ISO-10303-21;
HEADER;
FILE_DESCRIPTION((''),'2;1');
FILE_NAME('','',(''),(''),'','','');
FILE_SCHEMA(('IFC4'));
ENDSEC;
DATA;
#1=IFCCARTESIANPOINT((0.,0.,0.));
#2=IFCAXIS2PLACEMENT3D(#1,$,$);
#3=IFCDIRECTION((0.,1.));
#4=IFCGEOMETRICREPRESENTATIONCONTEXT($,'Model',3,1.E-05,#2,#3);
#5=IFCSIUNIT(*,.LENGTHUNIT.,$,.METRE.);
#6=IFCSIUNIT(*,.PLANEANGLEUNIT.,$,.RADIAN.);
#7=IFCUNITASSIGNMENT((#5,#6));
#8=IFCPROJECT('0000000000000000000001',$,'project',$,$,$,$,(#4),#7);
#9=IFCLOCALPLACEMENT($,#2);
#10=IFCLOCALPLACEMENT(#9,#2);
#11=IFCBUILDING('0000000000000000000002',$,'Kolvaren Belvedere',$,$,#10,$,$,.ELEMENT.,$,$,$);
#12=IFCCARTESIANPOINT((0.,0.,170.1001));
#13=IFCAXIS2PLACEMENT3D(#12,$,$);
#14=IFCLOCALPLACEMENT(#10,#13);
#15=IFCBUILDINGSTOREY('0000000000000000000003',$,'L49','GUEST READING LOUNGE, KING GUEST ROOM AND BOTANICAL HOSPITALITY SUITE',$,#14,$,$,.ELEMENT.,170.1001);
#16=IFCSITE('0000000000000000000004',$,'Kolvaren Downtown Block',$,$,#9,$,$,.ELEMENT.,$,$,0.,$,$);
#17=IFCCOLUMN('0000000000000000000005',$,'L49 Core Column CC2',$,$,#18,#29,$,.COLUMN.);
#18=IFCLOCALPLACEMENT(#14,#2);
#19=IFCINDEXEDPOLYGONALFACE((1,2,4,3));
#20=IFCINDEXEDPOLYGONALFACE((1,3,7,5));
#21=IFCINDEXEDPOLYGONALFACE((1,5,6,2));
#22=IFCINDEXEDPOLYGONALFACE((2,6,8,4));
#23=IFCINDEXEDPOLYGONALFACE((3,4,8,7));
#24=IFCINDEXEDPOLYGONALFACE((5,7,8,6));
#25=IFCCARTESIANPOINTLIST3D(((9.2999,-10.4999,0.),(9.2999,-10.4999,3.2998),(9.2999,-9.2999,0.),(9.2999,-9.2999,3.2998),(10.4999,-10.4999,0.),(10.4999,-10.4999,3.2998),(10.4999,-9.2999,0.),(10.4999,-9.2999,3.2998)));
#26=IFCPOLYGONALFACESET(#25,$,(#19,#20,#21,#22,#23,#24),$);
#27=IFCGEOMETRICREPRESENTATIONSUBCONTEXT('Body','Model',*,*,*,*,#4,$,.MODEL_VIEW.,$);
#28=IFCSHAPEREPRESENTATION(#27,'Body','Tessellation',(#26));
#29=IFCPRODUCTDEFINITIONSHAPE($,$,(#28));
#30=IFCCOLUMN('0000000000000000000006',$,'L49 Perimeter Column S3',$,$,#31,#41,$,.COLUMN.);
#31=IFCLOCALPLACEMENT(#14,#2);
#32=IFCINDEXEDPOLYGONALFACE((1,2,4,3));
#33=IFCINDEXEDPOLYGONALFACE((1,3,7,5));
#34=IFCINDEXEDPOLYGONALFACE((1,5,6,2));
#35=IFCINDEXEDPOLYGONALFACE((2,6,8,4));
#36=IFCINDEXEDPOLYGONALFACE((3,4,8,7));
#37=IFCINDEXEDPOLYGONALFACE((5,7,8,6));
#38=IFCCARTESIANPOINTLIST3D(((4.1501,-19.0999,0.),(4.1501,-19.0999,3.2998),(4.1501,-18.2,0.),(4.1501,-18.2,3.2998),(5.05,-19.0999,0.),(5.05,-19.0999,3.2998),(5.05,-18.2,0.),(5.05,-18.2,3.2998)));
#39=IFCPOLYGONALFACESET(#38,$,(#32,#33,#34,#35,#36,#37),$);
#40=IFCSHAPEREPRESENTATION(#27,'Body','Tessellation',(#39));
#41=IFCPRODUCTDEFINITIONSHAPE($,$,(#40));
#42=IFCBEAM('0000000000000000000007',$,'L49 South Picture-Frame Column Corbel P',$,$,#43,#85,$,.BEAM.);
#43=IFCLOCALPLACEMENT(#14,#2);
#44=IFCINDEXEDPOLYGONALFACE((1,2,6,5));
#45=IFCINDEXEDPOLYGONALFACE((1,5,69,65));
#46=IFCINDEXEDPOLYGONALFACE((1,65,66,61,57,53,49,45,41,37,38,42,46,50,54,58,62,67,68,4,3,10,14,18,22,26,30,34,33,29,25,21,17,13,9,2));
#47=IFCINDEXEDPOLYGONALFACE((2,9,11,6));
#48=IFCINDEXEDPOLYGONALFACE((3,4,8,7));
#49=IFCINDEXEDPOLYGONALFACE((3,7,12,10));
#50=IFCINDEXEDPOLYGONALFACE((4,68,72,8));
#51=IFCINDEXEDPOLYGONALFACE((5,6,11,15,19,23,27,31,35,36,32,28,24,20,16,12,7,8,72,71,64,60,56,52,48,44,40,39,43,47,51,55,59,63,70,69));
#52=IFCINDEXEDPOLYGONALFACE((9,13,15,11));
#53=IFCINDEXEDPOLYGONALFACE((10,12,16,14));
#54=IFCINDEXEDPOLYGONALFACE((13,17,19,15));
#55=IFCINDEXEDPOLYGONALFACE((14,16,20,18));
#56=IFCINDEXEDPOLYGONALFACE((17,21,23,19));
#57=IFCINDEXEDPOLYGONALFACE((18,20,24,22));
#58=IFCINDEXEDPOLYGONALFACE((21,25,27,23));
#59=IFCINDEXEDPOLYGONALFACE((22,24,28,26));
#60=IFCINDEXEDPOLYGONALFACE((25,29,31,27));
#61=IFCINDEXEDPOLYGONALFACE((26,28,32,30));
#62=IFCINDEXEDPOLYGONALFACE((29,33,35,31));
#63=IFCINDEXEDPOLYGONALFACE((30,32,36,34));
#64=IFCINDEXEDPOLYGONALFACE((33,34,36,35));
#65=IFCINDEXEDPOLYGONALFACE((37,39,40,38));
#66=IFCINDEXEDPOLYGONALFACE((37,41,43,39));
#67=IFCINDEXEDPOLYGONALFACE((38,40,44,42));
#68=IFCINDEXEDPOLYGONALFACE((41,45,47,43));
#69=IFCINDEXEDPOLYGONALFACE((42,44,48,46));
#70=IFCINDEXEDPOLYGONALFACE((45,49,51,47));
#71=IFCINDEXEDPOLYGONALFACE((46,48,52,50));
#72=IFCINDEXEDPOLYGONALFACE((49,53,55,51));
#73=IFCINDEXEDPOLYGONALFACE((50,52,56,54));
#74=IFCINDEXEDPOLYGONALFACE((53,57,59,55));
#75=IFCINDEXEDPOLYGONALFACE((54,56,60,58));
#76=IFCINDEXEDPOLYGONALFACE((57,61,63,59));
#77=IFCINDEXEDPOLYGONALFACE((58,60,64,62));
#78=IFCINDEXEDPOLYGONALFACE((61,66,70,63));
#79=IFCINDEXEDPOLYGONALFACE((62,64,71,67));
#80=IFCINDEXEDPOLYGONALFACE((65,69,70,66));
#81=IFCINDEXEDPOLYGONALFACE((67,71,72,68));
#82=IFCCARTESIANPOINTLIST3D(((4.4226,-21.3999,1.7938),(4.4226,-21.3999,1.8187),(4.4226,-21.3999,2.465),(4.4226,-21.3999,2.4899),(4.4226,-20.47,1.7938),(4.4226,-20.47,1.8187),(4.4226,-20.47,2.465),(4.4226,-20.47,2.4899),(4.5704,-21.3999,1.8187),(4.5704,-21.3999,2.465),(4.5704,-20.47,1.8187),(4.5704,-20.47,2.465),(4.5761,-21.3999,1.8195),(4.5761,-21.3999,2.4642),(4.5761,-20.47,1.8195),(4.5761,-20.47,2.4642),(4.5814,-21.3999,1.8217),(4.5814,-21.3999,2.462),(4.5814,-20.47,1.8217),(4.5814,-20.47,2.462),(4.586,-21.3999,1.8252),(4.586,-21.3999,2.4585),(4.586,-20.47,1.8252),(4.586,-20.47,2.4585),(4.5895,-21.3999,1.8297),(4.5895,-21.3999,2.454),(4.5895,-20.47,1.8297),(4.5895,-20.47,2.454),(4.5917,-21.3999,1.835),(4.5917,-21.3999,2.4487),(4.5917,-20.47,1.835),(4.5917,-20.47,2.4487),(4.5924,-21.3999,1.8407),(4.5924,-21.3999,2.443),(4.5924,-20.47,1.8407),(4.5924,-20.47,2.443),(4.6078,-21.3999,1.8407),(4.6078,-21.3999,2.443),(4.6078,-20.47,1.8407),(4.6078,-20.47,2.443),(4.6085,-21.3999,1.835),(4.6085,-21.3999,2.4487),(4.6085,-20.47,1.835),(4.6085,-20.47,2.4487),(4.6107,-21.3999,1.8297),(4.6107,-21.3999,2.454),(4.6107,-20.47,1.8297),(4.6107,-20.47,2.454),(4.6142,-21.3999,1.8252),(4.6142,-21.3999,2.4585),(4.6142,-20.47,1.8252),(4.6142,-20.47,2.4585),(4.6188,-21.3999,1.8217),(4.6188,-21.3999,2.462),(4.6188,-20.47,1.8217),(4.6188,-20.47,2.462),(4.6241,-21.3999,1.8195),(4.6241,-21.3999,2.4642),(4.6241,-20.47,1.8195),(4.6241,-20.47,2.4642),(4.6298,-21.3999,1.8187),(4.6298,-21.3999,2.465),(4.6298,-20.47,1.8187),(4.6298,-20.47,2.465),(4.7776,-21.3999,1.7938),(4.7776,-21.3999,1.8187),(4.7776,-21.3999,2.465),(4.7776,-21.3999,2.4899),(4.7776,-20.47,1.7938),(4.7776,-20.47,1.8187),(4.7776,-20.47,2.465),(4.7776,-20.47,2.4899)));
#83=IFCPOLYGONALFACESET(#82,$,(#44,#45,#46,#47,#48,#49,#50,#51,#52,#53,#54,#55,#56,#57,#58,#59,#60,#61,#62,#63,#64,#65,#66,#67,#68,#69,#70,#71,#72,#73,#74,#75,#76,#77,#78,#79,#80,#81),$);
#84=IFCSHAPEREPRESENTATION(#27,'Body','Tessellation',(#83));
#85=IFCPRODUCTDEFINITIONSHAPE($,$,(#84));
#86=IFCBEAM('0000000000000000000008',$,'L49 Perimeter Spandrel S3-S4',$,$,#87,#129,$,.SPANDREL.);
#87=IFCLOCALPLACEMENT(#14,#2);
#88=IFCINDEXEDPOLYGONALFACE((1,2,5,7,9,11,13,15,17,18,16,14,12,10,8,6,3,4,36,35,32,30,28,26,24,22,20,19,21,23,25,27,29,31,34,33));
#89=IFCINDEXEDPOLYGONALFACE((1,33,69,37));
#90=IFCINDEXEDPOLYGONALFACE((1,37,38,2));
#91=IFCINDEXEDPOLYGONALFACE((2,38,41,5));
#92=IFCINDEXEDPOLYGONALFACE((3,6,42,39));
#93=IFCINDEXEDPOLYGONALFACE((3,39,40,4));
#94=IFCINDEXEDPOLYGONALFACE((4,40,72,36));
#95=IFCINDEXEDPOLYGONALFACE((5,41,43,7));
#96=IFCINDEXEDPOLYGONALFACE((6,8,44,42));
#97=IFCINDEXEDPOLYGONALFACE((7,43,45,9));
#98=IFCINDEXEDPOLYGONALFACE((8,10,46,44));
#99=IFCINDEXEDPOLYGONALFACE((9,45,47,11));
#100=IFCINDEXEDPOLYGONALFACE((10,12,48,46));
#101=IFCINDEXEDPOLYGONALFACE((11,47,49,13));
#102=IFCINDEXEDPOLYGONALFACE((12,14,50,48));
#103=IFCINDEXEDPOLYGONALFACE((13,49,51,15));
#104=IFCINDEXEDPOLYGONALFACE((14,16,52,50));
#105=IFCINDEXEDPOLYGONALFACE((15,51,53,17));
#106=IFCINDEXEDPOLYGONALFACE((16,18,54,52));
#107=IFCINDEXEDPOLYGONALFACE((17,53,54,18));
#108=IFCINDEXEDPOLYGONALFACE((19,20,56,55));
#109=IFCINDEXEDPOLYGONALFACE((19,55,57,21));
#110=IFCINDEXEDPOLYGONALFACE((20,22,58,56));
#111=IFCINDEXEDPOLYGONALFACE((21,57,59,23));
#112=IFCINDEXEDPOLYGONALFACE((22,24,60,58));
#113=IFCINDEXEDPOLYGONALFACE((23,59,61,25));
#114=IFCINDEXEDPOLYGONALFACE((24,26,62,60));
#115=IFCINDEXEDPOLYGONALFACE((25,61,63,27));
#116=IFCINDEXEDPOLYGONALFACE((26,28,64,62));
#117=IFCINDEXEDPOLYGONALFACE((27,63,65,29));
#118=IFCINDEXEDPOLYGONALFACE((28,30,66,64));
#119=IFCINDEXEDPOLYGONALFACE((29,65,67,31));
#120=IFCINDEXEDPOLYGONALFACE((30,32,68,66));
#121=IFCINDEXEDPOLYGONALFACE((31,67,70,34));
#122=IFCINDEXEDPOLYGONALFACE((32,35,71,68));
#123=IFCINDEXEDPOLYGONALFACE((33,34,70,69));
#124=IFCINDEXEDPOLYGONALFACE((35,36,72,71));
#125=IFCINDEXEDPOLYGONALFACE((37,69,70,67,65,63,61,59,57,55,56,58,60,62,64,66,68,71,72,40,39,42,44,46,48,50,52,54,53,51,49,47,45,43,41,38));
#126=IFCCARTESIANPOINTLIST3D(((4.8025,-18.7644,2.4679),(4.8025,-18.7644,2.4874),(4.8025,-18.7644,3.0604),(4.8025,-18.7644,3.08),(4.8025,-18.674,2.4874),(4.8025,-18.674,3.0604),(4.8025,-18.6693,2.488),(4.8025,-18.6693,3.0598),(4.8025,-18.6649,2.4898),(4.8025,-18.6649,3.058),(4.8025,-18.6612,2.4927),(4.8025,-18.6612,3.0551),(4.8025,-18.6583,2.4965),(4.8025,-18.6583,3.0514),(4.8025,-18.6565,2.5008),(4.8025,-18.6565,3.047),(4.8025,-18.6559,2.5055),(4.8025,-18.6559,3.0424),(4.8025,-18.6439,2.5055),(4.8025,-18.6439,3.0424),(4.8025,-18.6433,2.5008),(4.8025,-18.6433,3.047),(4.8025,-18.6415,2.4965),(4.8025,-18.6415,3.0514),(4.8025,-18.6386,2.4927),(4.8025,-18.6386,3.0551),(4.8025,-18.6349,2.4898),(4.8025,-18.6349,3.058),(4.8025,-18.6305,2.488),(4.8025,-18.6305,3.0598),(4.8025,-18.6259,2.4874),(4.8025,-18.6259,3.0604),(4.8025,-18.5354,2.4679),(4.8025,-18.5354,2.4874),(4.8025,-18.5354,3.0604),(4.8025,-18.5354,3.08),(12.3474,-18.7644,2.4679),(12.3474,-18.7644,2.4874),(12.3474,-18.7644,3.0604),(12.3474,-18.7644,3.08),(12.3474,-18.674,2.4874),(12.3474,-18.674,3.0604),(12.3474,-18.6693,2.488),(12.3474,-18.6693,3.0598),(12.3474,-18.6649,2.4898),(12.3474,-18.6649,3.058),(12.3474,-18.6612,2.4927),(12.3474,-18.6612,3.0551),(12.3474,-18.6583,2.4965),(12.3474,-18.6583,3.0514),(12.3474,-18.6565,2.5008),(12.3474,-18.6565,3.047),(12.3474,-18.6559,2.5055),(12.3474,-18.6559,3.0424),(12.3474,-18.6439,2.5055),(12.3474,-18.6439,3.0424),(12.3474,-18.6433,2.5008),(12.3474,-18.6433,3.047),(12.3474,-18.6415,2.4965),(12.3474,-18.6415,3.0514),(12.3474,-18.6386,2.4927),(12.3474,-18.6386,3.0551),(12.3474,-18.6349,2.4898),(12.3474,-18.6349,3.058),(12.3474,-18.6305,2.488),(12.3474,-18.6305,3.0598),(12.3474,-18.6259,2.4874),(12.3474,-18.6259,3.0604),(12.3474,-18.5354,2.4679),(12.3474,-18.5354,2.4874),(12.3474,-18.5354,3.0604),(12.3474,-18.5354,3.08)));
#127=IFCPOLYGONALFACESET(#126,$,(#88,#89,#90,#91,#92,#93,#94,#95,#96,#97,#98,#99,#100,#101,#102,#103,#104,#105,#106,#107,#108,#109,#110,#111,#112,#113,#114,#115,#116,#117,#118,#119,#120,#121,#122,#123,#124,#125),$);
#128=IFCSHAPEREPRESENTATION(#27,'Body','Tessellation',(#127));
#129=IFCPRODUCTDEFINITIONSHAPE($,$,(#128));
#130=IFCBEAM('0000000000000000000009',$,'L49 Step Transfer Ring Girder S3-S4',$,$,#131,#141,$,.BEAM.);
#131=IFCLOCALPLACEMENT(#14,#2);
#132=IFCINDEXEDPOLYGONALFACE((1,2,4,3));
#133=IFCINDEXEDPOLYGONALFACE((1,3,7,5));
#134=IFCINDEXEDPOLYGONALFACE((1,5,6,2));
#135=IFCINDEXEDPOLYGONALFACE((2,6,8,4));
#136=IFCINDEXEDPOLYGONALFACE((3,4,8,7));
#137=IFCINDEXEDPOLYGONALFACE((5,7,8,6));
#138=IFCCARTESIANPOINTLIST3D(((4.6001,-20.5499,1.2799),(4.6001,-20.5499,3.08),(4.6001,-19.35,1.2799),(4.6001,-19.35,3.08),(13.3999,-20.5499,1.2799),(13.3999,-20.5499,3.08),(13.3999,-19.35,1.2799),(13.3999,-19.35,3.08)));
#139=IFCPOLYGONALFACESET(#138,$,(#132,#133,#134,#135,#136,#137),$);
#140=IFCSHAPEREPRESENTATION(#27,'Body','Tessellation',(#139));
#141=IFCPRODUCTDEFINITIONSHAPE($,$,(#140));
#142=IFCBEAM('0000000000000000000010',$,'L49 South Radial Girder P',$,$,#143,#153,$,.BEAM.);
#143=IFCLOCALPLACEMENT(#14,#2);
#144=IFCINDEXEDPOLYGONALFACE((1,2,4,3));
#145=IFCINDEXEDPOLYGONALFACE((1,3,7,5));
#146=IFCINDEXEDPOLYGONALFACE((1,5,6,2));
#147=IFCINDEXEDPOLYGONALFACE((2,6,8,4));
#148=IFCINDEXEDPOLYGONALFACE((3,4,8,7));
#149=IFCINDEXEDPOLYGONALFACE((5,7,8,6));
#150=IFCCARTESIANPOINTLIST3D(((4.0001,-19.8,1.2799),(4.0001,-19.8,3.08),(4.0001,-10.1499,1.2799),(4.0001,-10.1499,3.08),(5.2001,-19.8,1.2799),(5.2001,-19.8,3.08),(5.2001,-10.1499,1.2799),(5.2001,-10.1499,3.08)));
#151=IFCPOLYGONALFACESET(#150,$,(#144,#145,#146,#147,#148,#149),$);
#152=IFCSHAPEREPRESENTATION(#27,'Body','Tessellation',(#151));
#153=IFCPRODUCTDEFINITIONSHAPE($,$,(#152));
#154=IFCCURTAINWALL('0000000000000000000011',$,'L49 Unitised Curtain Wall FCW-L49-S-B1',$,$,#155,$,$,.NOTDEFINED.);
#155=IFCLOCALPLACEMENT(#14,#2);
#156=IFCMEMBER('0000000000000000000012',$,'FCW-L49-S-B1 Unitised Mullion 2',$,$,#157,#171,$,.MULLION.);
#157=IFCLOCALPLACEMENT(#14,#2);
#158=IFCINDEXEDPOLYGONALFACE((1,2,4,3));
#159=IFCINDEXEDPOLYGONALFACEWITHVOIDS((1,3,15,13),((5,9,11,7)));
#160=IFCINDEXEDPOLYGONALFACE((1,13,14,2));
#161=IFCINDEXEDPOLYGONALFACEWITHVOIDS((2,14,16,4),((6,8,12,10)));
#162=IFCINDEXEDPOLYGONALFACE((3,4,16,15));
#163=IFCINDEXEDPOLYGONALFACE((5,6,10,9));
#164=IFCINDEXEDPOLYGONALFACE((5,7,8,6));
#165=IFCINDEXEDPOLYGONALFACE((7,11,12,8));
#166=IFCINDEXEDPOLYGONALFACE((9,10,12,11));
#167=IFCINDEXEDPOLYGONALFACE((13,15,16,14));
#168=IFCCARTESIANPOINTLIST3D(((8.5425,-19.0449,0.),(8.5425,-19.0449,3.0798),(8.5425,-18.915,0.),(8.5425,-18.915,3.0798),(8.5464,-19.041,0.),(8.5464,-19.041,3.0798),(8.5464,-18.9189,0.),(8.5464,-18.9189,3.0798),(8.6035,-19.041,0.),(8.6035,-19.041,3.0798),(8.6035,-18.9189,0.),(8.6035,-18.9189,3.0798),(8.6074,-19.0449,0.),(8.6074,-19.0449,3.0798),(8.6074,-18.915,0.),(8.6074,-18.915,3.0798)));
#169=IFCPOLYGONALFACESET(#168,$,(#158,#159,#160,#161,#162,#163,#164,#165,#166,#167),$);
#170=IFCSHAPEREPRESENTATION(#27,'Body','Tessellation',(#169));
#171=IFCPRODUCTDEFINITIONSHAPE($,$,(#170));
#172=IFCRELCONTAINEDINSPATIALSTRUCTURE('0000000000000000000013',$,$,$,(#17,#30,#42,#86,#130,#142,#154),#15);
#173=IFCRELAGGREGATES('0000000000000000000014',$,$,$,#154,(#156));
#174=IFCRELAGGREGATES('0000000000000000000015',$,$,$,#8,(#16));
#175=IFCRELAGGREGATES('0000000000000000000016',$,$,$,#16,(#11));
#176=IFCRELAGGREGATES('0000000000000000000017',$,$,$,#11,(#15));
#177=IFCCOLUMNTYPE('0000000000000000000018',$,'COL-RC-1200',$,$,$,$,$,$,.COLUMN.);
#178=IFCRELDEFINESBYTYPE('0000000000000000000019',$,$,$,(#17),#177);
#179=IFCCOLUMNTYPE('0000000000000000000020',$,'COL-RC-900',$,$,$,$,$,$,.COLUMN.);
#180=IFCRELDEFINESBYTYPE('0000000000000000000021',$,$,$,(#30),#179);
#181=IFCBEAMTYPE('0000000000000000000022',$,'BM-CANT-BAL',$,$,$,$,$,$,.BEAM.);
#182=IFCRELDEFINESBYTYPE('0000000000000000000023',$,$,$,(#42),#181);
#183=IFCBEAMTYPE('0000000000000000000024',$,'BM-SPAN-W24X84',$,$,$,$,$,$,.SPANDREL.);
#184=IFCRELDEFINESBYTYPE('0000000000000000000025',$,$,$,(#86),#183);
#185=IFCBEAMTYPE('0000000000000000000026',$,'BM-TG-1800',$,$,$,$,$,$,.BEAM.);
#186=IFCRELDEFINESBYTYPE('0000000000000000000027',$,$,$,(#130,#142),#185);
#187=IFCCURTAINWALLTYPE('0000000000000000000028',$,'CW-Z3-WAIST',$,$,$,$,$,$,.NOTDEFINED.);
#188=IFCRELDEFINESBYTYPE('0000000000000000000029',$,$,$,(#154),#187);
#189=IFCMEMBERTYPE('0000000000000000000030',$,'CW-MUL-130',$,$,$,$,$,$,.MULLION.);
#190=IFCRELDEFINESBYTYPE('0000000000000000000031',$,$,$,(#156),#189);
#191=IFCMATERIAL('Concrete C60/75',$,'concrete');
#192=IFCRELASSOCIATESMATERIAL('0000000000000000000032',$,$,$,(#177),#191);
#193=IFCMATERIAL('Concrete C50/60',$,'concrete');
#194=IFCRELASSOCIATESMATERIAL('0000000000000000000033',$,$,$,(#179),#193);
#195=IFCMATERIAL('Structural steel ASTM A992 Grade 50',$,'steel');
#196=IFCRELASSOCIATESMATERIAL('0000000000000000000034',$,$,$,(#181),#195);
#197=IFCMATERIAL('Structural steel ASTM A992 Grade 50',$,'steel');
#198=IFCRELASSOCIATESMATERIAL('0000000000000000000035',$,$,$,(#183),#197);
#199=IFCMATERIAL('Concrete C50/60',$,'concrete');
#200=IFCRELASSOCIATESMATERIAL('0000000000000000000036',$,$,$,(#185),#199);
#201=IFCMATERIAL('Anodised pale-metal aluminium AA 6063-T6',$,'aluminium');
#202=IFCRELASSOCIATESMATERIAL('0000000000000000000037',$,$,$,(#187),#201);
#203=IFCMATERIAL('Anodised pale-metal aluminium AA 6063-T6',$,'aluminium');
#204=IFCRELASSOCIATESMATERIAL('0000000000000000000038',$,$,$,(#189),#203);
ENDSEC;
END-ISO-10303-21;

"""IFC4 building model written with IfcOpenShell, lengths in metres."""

from ifc_helpers import new_model, si_unit, direction, frame, origin, origin_2d, place, context, subcontext, project, spatial, rectangle, hollow_rectangle, i_section, extrude, material, material_profile, profile_set, type_object, element, aggregate, save


model = new_model("IFC4")

# Units and contexts
model_context = context("Model", 3, precision=1e-05, world=origin(), true_north=direction((0.0, 1.0)))
body_context = subcontext(model_context, "Body", "Model", "MODEL_VIEW")
ifc_project = project(units=[si_unit("LENGTHUNIT", "METRE"), si_unit("PLANEANGLEUNIT", "RADIAN")], contexts=[model_context])

# Site, building, storey
site_placement = place(None, origin())
site = spatial("IfcSite", under=ifc_project, at=site_placement, Name="Kolvaren Downtown Block", CompositionType="ELEMENT", RefElevation=0.0)
building_placement = place(site_placement, origin())
building = spatial("IfcBuilding", under=site, at=building_placement, Name="Kolvaren Belvedere", CompositionType="ELEMENT")
storey_placement = place(building_placement, frame((0.0, 0.0, 170.1001)))
storey = spatial("IfcBuildingStorey", under=building, at=storey_placement, Name="L49", Description="GUEST READING LOUNGE, KING GUEST ROOM AND BOTANICAL HOSPITALITY SUITE", CompositionType="ELEMENT", Elevation=170.1001)

# Columns
ifc_material_1 = material(Name="Concrete C60/75", Category="concrete")
ifc_material_profile_1 = material_profile(ifc_material_1, rectangle(XDim=1.2, YDim=1.2, at=origin_2d()), Name="RC 1200X1200")
ifc_profile_set_1 = profile_set([ifc_material_profile_1], Name="Concrete C60/75")
column_type_1 = type_object("IfcColumnType", Name="COL-RC-1200", PredefinedType="COLUMN", material=ifc_profile_set_1)
column_1_placement = place(storey_placement, frame((9.8999, -9.8999, 0.0), z_axis=(0.0, 0.0, 1.0), x_axis=(1.0, 0.0, 0.0)))
element("IfcColumn", 1, at=column_1_placement, inside=storey, type_object=column_type_1, Name="L49 Core Column CC2", PredefinedType="COLUMN", context=body_context, shape_type="SweptSolid", body=[
    extrude(rectangle(XDim=1.2, YDim=1.2, at=origin_2d()), origin(), (0.0, 0.0, 1.0), 3.2998),
])
ifc_material_2 = material(Name="Concrete C50/60", Category="concrete")
ifc_material_profile_2 = material_profile(ifc_material_2, rectangle(XDim=0.8999, YDim=0.8999, at=origin_2d()), Name="RC 900X900")
ifc_profile_set_2 = profile_set([ifc_material_profile_2], Name="Concrete C50/60")
column_type_2 = type_object("IfcColumnType", Name="COL-RC-900", PredefinedType="COLUMN", material=ifc_profile_set_2)
column_2_placement = place(storey_placement, frame((4.6001, -18.6499, 0.0), z_axis=(0.0, 0.0, 1.0), x_axis=(1.0, 0.0, 0.0)))
element("IfcColumn", 2, at=column_2_placement, inside=storey, type_object=column_type_2, Name="L49 Perimeter Column S3", PredefinedType="COLUMN", context=body_context, shape_type="SweptSolid", body=[
    extrude(rectangle(XDim=0.8999, YDim=0.8999, at=origin_2d()), origin(), (0.0, 0.0, 1.0), 3.2998),
])

# Beams
ifc_material_3 = material(Name="Structural steel ASTM A992 Grade 50", Category="steel")
ifc_material_profile_3 = material_profile(ifc_material_3, i_section(OverallWidth=0.355, OverallDepth=0.696, WebThickness=0.0154, FlangeThickness=0.0249, FilletRadius=0.022, at=origin_2d()), Name="W27X146")
ifc_profile_set_3 = profile_set([ifc_material_profile_3], Name="Structural steel ASTM A992 Grade 50")
beam_type_1 = type_object("IfcBeamType", Name="BM-CANT-BAL", PredefinedType="BEAM", material=ifc_profile_set_3)
beam_1_placement = place(storey_placement, frame((4.6001, -20.47, 2.1418), z_axis=(0.0, -1.0, 0.0), x_axis=(1.0, 0.0, 0.0)))
element("IfcBeam", 3, at=beam_1_placement, inside=storey, type_object=beam_type_1, Name="L49 South Picture-Frame Column Corbel P", PredefinedType="BEAM", context=body_context, shape_type="SweptSolid", body=[
    extrude(i_section(OverallWidth=0.355, OverallDepth=0.696, WebThickness=0.0154, FlangeThickness=0.0249, FilletRadius=0.022, at=origin_2d()), origin(), (0.0, 0.0, 1.0), 0.9299),
])
ifc_material_4 = material(Name="Structural steel ASTM A992 Grade 50", Category="steel")
ifc_material_profile_4 = material_profile(ifc_material_4, i_section(OverallWidth=0.229, OverallDepth=0.6121, WebThickness=0.012, FlangeThickness=0.0195, FilletRadius=0.0181, at=origin_2d()), Name="W24X84")
ifc_profile_set_4 = profile_set([ifc_material_profile_4], Name="Structural steel ASTM A992 Grade 50")
beam_type_2 = type_object("IfcBeamType", Name="BM-SPAN-W24X84", PredefinedType="SPANDREL", material=ifc_profile_set_4)
beam_2_placement = place(storey_placement, frame((4.8025, -18.6499, 2.7739), z_axis=(1.0, 0.0, 0.0), x_axis=(0.0, 1.0, 0.0)))
element("IfcBeam", 4, at=beam_2_placement, inside=storey, type_object=beam_type_2, Name="L49 Perimeter Spandrel S3-S4", PredefinedType="SPANDREL", context=body_context, shape_type="SweptSolid", body=[
    extrude(i_section(OverallWidth=0.229, OverallDepth=0.6121, WebThickness=0.012, FlangeThickness=0.0195, FilletRadius=0.0181, at=origin_2d()), origin(), (0.0, 0.0, 1.0), 7.5449),
])
ifc_material_5 = material(Name="Concrete C50/60", Category="concrete")
ifc_material_profile_5 = material_profile(ifc_material_5, rectangle(XDim=1.2, YDim=1.8, at=origin_2d()), Name="RC 1200X1800")
ifc_profile_set_5 = profile_set([ifc_material_profile_5], Name="Concrete C50/60")
beam_type_3 = type_object("IfcBeamType", Name="BM-TG-1800", PredefinedType="BEAM", material=ifc_profile_set_5)
beam_3_placement = place(storey_placement, frame((4.6001, -19.95, 2.1799), z_axis=(1.0, 0.0, 0.0), x_axis=(0.0, 1.0, 0.0)))
element("IfcBeam", 5, at=beam_3_placement, inside=storey, type_object=beam_type_3, Name="L49 Step Transfer Ring Girder S3-S4", PredefinedType="BEAM", context=body_context, shape_type="SweptSolid", body=[
    extrude(rectangle(XDim=1.2, YDim=1.8, at=origin_2d()), origin(), (0.0, 0.0, 1.0), 8.7998),
])
beam_4_placement = place(storey_placement, frame((4.6001, -10.1499, 2.1799), z_axis=(0.0, -1.0, 0.0), x_axis=(1.0, 0.0, 0.0)))
element("IfcBeam", 6, at=beam_4_placement, inside=storey, type_object=beam_type_3, Name="L49 South Radial Girder P", PredefinedType="BEAM", context=body_context, shape_type="SweptSolid", body=[
    extrude(rectangle(XDim=1.2, YDim=1.8, at=origin_2d()), origin(), (0.0, 0.0, 1.0), 9.6501),
])

# Curtain wall, member
ifc_material_6 = material(Name="Anodised pale-metal aluminium AA 6063-T6", Category="aluminium")
curtain_wall_type = type_object("IfcCurtainWallType", Name="CW-Z3-WAIST", PredefinedType="NOTDEFINED", material=ifc_material_6)
curtain_wall_1_placement = place(storey_placement, origin())
curtain_wall_1 = element("IfcCurtainWall", 7, at=curtain_wall_1_placement, inside=storey, type_object=curtain_wall_type, Name="L49 Unitised Curtain Wall FCW-L49-S-B1", PredefinedType="NOTDEFINED")
ifc_material_7 = material(Name="Anodised pale-metal aluminium AA 6063-T6", Category="aluminium")
ifc_material_profile_6 = material_profile(ifc_material_7, hollow_rectangle(XDim=0.0649, YDim=0.1299, WallThickness=0.0039, at=origin_2d()), Name="ALU-MUL-130X65")
ifc_profile_set_6 = profile_set([ifc_material_profile_6], Name="Anodised pale-metal aluminium AA 6063-T6")
member_type_1 = type_object("IfcMemberType", Name="CW-MUL-130", PredefinedType="MULLION", material=ifc_profile_set_6)
member_1_placement = place(storey_placement, frame((8.575, -18.98, 0.0), z_axis=(0.0, 0.0, 1.0), x_axis=(1.0, 0.0, 0.0)))
member_1 = element("IfcMember", 8, at=member_1_placement, type_object=member_type_1, Name="FCW-L49-S-B1 Unitised Mullion 2", PredefinedType="MULLION", context=body_context, shape_type="SweptSolid", body=[
    extrude(hollow_rectangle(XDim=0.0649, YDim=0.1299, WallThickness=0.0039, at=origin_2d()), origin(), (0.0, 0.0, 1.0), 3.0798),
])

aggregate(curtain_wall_1, [member_1])

save(model, "model.ifc")
